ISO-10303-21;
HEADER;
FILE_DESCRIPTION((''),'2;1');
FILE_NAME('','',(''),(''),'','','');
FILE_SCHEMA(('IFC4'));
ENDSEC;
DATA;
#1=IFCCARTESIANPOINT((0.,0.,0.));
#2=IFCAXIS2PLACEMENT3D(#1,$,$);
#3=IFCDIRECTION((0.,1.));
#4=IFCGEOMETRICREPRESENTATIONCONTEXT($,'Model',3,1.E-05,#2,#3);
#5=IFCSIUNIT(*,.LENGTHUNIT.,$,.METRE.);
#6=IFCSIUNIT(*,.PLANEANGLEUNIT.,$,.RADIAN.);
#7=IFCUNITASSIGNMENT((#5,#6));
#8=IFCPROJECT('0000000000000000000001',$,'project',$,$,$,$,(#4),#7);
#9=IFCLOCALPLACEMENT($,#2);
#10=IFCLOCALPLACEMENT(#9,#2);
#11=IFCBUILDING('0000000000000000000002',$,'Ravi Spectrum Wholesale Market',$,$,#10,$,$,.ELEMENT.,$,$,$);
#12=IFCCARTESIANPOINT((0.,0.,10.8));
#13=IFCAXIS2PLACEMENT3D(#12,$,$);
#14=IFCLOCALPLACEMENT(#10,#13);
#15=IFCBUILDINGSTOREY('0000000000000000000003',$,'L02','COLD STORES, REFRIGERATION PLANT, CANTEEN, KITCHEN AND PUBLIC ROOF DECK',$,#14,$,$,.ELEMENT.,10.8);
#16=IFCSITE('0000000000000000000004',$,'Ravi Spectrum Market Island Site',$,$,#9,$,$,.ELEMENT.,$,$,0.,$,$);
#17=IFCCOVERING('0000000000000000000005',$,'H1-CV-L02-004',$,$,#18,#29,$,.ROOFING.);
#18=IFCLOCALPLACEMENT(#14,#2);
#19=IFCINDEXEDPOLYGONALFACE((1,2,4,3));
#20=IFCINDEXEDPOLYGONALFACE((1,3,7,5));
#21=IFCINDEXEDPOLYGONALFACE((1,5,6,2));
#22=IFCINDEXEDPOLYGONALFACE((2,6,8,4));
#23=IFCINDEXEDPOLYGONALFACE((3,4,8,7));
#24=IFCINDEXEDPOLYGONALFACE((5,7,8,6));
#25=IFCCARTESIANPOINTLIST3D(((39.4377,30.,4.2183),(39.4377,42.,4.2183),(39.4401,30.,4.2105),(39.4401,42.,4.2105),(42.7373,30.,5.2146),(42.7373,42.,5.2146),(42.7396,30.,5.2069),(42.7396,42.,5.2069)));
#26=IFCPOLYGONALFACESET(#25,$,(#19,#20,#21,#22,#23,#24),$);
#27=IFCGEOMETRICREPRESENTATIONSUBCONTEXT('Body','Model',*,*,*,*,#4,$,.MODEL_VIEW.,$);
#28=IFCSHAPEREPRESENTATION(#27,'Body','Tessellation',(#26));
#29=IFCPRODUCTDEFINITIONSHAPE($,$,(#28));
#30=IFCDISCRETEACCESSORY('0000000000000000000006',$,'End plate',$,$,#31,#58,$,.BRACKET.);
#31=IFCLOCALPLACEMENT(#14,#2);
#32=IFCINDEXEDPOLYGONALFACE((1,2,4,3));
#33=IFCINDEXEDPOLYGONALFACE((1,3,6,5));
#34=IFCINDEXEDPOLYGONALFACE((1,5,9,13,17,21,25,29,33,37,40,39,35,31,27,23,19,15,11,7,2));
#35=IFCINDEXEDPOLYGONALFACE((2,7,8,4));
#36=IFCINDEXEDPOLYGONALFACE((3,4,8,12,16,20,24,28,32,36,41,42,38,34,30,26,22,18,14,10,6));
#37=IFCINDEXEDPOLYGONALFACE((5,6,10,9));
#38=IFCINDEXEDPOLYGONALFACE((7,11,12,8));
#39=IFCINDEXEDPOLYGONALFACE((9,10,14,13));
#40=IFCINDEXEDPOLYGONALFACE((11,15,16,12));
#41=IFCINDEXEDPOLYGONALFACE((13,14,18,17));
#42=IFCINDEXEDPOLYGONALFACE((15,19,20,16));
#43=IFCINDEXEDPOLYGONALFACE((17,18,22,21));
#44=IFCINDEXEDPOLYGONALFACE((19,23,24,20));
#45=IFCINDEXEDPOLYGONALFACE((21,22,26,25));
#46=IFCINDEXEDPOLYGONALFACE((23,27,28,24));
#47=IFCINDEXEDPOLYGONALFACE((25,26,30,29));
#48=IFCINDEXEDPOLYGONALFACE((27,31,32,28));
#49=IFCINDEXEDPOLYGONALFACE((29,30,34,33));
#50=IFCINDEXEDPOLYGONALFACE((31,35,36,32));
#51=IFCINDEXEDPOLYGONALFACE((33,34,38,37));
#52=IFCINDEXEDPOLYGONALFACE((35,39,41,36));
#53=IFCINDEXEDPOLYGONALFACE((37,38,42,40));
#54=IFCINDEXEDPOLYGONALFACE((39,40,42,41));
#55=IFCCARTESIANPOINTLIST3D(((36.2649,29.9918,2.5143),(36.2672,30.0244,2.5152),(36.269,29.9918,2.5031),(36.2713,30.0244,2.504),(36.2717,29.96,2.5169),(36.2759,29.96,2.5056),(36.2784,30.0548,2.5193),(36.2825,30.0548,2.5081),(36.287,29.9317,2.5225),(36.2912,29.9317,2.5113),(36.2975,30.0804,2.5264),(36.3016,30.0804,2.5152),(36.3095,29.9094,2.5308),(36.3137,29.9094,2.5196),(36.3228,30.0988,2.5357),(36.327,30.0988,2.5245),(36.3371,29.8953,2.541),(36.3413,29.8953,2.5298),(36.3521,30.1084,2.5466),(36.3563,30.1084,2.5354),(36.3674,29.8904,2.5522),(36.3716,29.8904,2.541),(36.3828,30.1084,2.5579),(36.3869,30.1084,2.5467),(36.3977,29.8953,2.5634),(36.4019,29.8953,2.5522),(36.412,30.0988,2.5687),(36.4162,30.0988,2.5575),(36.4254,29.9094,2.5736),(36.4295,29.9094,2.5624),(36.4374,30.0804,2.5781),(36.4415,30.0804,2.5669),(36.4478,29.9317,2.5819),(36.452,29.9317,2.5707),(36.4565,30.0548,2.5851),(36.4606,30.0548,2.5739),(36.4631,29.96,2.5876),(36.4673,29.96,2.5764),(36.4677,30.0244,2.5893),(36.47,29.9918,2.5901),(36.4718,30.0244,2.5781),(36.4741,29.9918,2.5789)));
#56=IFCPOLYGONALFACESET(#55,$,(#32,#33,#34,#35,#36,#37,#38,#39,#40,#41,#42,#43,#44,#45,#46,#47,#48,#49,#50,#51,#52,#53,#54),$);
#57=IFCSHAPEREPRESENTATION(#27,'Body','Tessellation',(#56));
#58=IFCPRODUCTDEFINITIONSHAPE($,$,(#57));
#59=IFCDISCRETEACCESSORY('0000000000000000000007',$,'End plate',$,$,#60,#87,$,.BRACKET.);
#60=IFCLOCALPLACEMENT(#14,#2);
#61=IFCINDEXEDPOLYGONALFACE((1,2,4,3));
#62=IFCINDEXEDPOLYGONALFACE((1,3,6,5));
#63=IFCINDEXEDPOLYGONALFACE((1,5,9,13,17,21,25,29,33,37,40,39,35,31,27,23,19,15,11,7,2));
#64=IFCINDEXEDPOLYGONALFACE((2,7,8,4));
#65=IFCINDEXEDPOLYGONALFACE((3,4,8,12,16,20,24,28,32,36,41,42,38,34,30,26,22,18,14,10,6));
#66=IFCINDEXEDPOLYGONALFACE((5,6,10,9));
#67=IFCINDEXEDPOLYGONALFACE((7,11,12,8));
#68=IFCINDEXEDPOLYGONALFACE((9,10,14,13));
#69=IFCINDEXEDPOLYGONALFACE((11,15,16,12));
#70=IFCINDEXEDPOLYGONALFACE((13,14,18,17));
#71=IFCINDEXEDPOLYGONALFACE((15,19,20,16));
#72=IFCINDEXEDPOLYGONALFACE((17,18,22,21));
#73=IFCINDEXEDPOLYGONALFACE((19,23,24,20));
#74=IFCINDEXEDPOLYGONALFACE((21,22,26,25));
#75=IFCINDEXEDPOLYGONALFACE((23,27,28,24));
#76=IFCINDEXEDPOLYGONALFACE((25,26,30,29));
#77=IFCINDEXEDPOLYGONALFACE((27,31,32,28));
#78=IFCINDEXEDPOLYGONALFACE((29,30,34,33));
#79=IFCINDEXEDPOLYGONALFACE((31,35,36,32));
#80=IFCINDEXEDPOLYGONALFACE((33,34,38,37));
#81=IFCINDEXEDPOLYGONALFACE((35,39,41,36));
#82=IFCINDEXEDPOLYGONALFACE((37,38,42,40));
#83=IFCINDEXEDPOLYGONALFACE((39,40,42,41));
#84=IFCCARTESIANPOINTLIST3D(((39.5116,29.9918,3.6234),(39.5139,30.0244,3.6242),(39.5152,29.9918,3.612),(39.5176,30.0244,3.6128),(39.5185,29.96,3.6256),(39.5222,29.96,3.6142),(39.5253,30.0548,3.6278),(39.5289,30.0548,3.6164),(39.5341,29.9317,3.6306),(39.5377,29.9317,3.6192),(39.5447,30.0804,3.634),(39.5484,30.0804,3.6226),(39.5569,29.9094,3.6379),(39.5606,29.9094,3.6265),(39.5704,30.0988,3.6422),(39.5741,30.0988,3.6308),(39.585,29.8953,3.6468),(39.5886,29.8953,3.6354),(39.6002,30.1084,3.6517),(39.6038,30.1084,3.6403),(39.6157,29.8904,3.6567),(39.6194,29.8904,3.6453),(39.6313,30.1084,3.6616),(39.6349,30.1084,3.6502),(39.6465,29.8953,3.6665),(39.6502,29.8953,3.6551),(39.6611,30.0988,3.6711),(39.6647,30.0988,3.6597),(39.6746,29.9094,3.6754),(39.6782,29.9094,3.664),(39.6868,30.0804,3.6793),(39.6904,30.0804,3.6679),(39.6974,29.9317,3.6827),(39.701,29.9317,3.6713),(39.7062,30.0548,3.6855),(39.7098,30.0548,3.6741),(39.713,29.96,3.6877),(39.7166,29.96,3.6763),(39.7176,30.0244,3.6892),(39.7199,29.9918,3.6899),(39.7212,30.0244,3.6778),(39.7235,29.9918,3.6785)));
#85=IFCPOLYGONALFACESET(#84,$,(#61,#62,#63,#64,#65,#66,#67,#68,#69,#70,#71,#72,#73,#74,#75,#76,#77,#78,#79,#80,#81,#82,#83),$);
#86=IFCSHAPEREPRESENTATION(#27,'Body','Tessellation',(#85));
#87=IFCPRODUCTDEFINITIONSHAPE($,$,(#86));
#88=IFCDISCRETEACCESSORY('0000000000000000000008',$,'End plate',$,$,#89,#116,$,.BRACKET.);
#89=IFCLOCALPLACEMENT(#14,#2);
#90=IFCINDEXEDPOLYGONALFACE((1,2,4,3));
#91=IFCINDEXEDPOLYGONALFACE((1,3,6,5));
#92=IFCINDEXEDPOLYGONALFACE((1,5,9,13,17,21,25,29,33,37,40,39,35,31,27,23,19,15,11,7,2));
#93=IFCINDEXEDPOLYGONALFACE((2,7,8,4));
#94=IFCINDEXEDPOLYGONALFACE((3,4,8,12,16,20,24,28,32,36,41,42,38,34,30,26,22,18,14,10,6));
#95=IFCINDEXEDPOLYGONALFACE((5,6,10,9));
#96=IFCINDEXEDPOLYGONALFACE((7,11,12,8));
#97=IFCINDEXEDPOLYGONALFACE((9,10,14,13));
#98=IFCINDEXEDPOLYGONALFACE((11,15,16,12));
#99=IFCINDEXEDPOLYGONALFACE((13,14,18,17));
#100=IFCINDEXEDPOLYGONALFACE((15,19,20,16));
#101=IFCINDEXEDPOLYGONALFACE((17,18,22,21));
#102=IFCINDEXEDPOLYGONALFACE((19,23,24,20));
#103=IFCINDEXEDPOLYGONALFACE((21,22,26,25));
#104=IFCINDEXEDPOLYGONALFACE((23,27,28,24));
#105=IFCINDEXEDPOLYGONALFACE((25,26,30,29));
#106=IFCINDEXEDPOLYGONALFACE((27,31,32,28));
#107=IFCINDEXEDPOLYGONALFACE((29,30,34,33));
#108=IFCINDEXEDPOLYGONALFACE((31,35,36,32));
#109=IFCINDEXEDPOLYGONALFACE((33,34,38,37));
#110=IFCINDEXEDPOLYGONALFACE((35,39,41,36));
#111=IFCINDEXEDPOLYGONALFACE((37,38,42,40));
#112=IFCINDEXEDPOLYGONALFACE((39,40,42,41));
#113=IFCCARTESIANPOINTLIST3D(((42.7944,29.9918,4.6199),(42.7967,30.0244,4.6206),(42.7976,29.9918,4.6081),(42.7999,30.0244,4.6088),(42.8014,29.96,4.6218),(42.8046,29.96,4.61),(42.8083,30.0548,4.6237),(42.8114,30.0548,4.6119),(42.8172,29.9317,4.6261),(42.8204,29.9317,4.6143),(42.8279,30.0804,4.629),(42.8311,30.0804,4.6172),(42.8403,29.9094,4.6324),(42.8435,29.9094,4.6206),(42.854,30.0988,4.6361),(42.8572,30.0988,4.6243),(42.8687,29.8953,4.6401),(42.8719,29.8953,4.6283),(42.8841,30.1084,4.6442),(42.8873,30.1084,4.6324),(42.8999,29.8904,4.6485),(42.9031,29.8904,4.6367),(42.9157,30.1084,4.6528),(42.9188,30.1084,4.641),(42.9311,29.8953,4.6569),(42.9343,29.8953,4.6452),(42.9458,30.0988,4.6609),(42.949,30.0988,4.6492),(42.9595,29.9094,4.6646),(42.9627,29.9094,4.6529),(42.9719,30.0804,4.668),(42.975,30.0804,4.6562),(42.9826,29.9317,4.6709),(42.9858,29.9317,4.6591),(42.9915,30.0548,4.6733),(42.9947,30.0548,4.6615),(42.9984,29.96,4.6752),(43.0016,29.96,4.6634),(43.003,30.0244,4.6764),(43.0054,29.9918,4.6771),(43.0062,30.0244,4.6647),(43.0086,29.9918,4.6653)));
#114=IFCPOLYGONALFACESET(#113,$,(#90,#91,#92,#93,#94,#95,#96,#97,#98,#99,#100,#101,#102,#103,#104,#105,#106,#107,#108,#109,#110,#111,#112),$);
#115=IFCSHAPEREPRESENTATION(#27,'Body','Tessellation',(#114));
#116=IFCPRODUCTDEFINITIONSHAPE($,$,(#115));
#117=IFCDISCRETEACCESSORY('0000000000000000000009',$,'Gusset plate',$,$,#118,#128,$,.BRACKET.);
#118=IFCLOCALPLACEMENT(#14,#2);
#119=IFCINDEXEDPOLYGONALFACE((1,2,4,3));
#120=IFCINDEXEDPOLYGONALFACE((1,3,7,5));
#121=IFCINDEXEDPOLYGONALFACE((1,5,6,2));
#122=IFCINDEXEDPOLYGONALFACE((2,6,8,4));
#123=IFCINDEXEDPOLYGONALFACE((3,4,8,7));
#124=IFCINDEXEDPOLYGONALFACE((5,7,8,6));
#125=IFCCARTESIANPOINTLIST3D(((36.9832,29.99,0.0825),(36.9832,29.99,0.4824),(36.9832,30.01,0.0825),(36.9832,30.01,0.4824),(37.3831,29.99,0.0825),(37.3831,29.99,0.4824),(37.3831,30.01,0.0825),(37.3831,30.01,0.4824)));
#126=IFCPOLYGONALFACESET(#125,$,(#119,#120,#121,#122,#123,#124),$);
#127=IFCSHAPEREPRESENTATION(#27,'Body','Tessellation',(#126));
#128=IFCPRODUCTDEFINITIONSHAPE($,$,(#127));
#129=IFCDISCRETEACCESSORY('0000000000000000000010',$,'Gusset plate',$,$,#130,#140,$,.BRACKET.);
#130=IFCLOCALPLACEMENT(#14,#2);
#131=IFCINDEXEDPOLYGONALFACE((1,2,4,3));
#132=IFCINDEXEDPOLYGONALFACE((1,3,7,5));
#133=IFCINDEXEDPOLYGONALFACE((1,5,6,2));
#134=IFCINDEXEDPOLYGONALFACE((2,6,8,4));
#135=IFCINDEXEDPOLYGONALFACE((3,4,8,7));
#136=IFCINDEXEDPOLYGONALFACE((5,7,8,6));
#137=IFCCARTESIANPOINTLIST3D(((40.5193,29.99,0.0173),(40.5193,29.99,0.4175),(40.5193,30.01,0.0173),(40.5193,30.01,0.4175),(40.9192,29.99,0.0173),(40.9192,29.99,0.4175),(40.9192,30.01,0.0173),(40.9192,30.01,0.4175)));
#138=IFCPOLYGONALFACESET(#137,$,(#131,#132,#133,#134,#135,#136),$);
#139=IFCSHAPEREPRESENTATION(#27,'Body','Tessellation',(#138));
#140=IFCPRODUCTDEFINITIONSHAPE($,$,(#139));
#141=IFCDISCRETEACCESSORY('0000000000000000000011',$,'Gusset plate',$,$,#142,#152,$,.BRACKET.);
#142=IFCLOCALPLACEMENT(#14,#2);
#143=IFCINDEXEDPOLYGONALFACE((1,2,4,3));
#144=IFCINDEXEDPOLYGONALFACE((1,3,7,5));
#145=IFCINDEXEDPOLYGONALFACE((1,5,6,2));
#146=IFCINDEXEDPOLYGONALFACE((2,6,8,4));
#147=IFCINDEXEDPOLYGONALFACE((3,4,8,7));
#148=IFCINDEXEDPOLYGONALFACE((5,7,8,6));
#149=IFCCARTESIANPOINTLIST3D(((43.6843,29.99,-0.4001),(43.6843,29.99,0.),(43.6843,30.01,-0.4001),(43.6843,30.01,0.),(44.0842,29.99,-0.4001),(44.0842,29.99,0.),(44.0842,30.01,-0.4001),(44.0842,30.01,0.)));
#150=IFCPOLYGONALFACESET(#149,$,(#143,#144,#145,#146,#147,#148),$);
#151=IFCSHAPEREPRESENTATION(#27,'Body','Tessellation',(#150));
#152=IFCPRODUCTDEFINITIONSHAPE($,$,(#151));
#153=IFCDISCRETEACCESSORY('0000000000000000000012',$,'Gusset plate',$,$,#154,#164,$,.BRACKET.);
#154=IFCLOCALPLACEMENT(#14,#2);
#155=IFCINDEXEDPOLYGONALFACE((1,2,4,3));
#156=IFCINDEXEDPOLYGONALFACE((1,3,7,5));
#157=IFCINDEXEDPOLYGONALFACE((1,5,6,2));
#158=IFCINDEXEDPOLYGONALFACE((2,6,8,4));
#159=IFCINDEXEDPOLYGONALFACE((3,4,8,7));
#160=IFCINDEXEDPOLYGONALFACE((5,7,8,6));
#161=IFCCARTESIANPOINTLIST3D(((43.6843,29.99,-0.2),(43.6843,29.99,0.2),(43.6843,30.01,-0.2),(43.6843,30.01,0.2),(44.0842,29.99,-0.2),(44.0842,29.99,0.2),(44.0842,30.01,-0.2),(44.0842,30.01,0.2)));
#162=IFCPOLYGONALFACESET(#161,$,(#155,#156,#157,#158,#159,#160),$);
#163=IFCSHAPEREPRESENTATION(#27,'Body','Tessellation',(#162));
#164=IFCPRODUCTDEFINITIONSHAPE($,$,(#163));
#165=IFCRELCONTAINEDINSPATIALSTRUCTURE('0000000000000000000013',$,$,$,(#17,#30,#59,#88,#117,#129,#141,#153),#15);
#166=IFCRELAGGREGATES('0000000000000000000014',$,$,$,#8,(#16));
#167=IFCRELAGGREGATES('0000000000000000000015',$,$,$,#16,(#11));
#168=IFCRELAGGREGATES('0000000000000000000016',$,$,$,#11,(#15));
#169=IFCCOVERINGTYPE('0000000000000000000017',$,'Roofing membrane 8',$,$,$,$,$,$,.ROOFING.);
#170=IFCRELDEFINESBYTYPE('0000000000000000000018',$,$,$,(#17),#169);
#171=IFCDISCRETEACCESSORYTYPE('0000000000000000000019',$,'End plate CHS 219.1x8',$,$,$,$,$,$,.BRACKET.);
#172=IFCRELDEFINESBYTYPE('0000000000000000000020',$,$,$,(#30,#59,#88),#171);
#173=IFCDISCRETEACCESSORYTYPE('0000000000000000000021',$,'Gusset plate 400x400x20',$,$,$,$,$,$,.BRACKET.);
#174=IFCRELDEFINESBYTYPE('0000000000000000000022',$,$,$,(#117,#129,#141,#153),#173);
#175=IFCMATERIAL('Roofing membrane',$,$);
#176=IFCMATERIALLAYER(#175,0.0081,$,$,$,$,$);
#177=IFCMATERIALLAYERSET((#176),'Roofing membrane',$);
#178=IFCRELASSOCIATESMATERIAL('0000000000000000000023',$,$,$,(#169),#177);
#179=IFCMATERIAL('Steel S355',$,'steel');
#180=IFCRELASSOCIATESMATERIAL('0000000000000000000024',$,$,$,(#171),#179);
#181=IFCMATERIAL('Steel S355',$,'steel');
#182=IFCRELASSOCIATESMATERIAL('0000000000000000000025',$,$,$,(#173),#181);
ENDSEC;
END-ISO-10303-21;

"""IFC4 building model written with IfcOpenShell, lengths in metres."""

from ifc_helpers import new_model, si_unit, direction, frame, origin, origin_2d, place, context, subcontext, project, spatial, polyline, rectangle, circle, outline, extrude, material, layer, layer_set, material_profile, profile_set, type_object, element, save


model = new_model("IFC4")

# Units and contexts
model_context = context("Model", 3, precision=1e-05, world=origin(), true_north=direction((0.0, 1.0)))
body_context = subcontext(model_context, "Body", "Model", "MODEL_VIEW")
ifc_project = project(units=[si_unit("LENGTHUNIT", "METRE"), si_unit("PLANEANGLEUNIT", "RADIAN")], contexts=[model_context])

# Site, building, storey
site_placement = place(None, origin())
site = spatial("IfcSite", under=ifc_project, at=site_placement, Name="Ravi Spectrum Market Island Site", CompositionType="ELEMENT", RefElevation=0.0)
building_placement = place(site_placement, origin())
building = spatial("IfcBuilding", under=site, at=building_placement, Name="Ravi Spectrum Wholesale Market", CompositionType="ELEMENT")
storey_placement = place(building_placement, frame((0.0, 0.0, 10.8)))
storey = spatial("IfcBuildingStorey", under=building, at=storey_placement, Name="L02", Description="COLD STORES, REFRIGERATION PLANT, CANTEEN, KITCHEN AND PUBLIC ROOF DECK", CompositionType="ELEMENT", Elevation=10.8)

# Covering
ifc_material_1 = material(Name="Roofing membrane")
ifc_layer_1 = layer(ifc_material_1, 0.0081)
ifc_layer_set_1 = layer_set([ifc_layer_1], Name="Roofing membrane")
covering_type = type_object("IfcCoveringType", Name="Roofing membrane 8", PredefinedType="ROOFING", material=ifc_layer_set_1)
covering_placement = place(storey_placement, frame((39.4377, 30.0, 4.2183), z_axis=(-0.28907, 0.0, 0.957308), x_axis=(0.957308, 0.0, 0.28907)))
element("IfcCovering", 1, at=covering_placement, inside=storey, type_object=covering_type, Name="H1-CV-L02-004", PredefinedType="ROOFING", context=body_context, shape_type="SweptSolid", body=[
    extrude(outline(polyline([(0.0, 0.0), (3.4467, 0.0), (3.4467, 12.0), (0.0, 12.0), (0.0, 0.0)])), origin(), (0.0, 0.0, -1.0), 0.0081),
])

# Discrete accessories
ifc_material_2 = material(Name="Steel S355", Category="steel")
ifc_material_profile_1 = material_profile(ifc_material_2, circle(Radius=0.1096, at=origin_2d()))
ifc_profile_set_1 = profile_set([ifc_material_profile_1], Name="Steel S355")
discrete_accessory_type_1 = type_object("IfcDiscreteAccessoryType", Name="End plate CHS 219.1x8", PredefinedType="BRACKET", material=ifc_profile_set_1)
for number, where, z_axis, x_axis, name in (
    (2, (36.3716, 30.0, 2.541), (-0.34665, 0.0, 0.937994), (0.0, -1.0, 0.0), "End plate"),
    (3, (39.6194, 30.0, 3.6453), (-0.30404, 0.0, 0.952659), (0.0, -1.0, 0.0), "End plate"),
):
    element("IfcDiscreteAccessory", number, at=place(storey_placement, frame(where, z_axis=z_axis, x_axis=x_axis)), inside=storey, type_object=discrete_accessory_type_1, Name=name, PredefinedType="BRACKET", context=body_context, shape_type="SweptSolid", body=[
        extrude(circle(Radius=0.1096, at=origin_2d()), origin(), (0.0, 0.0, 1.0), 0.012),
    ])
discrete_accessory_1_placement = place(storey_placement, frame((42.9031, 30.0, 4.6367), z_axis=(-0.261415, 0.0, 0.965226), x_axis=(0.0, -1.0, 0.0)))
element("IfcDiscreteAccessory", 4, at=discrete_accessory_1_placement, inside=storey, type_object=discrete_accessory_type_1, Name="End plate", PredefinedType="BRACKET", context=body_context, shape_type="SweptSolid", body=[
    extrude(circle(Radius=0.1096, at=origin_2d()), origin(), (0.0, 0.0, 1.0), 0.0122),
])
ifc_material_3 = material(Name="Steel S355", Category="steel")
ifc_material_profile_2 = material_profile(ifc_material_3, rectangle(XDim=0.3999, YDim=0.02, at=origin_2d()))
ifc_profile_set_2 = profile_set([ifc_material_profile_2], Name="Steel S355")
discrete_accessory_type_2 = type_object("IfcDiscreteAccessoryType", Name="Gusset plate 400x400x20", PredefinedType="BRACKET", material=ifc_profile_set_2)
discrete_accessory_2_placement = place(storey_placement, frame((37.1831, 30.0, 0.0825), z_axis=(0.0, 0.0, 1.0), x_axis=(1.0, 0.0, 0.0)))
element("IfcDiscreteAccessory", 5, at=discrete_accessory_2_placement, inside=storey, type_object=discrete_accessory_type_2, Name="Gusset plate", PredefinedType="BRACKET", context=body_context, shape_type="SweptSolid", body=[
    extrude(rectangle(XDim=0.3999, YDim=0.02, at=origin_2d()), origin(), (0.0, 0.0, 1.0), 0.3999),
])
for number, where, z_axis, x_axis, name in (
    (6, (40.7192, 30.0, 0.0173), (0.0, 0.0, 1.0), (1.0, 0.0, 0.0), "Gusset plate"),
    (7, (43.8843, 30.0, -0.4001), (0.0, 0.0, 1.0), (1.0, 0.0, 0.0), "Gusset plate"),
):
    element("IfcDiscreteAccessory", number, at=place(storey_placement, frame(where, z_axis=z_axis, x_axis=x_axis)), inside=storey, type_object=discrete_accessory_type_2, Name=name, PredefinedType="BRACKET", context=body_context, shape_type="SweptSolid", body=[
        extrude(rectangle(XDim=0.3999, YDim=0.02, at=origin_2d()), origin(), (0.0, 0.0, 1.0), 0.4001),
    ])
discrete_accessory_3_placement = place(storey_placement, frame((43.8843, 30.0, -0.2), z_axis=(0.0, 0.0, 1.0), x_axis=(1.0, 0.0, 0.0)))
element("IfcDiscreteAccessory", 8, at=discrete_accessory_3_placement, inside=storey, type_object=discrete_accessory_type_2, Name="Gusset plate", PredefinedType="BRACKET", context=body_context, shape_type="SweptSolid", body=[
    extrude(rectangle(XDim=0.3999, YDim=0.02, at=origin_2d()), origin(), (0.0, 0.0, 1.0), 0.3999),
])

save(model, "model.ifc")
